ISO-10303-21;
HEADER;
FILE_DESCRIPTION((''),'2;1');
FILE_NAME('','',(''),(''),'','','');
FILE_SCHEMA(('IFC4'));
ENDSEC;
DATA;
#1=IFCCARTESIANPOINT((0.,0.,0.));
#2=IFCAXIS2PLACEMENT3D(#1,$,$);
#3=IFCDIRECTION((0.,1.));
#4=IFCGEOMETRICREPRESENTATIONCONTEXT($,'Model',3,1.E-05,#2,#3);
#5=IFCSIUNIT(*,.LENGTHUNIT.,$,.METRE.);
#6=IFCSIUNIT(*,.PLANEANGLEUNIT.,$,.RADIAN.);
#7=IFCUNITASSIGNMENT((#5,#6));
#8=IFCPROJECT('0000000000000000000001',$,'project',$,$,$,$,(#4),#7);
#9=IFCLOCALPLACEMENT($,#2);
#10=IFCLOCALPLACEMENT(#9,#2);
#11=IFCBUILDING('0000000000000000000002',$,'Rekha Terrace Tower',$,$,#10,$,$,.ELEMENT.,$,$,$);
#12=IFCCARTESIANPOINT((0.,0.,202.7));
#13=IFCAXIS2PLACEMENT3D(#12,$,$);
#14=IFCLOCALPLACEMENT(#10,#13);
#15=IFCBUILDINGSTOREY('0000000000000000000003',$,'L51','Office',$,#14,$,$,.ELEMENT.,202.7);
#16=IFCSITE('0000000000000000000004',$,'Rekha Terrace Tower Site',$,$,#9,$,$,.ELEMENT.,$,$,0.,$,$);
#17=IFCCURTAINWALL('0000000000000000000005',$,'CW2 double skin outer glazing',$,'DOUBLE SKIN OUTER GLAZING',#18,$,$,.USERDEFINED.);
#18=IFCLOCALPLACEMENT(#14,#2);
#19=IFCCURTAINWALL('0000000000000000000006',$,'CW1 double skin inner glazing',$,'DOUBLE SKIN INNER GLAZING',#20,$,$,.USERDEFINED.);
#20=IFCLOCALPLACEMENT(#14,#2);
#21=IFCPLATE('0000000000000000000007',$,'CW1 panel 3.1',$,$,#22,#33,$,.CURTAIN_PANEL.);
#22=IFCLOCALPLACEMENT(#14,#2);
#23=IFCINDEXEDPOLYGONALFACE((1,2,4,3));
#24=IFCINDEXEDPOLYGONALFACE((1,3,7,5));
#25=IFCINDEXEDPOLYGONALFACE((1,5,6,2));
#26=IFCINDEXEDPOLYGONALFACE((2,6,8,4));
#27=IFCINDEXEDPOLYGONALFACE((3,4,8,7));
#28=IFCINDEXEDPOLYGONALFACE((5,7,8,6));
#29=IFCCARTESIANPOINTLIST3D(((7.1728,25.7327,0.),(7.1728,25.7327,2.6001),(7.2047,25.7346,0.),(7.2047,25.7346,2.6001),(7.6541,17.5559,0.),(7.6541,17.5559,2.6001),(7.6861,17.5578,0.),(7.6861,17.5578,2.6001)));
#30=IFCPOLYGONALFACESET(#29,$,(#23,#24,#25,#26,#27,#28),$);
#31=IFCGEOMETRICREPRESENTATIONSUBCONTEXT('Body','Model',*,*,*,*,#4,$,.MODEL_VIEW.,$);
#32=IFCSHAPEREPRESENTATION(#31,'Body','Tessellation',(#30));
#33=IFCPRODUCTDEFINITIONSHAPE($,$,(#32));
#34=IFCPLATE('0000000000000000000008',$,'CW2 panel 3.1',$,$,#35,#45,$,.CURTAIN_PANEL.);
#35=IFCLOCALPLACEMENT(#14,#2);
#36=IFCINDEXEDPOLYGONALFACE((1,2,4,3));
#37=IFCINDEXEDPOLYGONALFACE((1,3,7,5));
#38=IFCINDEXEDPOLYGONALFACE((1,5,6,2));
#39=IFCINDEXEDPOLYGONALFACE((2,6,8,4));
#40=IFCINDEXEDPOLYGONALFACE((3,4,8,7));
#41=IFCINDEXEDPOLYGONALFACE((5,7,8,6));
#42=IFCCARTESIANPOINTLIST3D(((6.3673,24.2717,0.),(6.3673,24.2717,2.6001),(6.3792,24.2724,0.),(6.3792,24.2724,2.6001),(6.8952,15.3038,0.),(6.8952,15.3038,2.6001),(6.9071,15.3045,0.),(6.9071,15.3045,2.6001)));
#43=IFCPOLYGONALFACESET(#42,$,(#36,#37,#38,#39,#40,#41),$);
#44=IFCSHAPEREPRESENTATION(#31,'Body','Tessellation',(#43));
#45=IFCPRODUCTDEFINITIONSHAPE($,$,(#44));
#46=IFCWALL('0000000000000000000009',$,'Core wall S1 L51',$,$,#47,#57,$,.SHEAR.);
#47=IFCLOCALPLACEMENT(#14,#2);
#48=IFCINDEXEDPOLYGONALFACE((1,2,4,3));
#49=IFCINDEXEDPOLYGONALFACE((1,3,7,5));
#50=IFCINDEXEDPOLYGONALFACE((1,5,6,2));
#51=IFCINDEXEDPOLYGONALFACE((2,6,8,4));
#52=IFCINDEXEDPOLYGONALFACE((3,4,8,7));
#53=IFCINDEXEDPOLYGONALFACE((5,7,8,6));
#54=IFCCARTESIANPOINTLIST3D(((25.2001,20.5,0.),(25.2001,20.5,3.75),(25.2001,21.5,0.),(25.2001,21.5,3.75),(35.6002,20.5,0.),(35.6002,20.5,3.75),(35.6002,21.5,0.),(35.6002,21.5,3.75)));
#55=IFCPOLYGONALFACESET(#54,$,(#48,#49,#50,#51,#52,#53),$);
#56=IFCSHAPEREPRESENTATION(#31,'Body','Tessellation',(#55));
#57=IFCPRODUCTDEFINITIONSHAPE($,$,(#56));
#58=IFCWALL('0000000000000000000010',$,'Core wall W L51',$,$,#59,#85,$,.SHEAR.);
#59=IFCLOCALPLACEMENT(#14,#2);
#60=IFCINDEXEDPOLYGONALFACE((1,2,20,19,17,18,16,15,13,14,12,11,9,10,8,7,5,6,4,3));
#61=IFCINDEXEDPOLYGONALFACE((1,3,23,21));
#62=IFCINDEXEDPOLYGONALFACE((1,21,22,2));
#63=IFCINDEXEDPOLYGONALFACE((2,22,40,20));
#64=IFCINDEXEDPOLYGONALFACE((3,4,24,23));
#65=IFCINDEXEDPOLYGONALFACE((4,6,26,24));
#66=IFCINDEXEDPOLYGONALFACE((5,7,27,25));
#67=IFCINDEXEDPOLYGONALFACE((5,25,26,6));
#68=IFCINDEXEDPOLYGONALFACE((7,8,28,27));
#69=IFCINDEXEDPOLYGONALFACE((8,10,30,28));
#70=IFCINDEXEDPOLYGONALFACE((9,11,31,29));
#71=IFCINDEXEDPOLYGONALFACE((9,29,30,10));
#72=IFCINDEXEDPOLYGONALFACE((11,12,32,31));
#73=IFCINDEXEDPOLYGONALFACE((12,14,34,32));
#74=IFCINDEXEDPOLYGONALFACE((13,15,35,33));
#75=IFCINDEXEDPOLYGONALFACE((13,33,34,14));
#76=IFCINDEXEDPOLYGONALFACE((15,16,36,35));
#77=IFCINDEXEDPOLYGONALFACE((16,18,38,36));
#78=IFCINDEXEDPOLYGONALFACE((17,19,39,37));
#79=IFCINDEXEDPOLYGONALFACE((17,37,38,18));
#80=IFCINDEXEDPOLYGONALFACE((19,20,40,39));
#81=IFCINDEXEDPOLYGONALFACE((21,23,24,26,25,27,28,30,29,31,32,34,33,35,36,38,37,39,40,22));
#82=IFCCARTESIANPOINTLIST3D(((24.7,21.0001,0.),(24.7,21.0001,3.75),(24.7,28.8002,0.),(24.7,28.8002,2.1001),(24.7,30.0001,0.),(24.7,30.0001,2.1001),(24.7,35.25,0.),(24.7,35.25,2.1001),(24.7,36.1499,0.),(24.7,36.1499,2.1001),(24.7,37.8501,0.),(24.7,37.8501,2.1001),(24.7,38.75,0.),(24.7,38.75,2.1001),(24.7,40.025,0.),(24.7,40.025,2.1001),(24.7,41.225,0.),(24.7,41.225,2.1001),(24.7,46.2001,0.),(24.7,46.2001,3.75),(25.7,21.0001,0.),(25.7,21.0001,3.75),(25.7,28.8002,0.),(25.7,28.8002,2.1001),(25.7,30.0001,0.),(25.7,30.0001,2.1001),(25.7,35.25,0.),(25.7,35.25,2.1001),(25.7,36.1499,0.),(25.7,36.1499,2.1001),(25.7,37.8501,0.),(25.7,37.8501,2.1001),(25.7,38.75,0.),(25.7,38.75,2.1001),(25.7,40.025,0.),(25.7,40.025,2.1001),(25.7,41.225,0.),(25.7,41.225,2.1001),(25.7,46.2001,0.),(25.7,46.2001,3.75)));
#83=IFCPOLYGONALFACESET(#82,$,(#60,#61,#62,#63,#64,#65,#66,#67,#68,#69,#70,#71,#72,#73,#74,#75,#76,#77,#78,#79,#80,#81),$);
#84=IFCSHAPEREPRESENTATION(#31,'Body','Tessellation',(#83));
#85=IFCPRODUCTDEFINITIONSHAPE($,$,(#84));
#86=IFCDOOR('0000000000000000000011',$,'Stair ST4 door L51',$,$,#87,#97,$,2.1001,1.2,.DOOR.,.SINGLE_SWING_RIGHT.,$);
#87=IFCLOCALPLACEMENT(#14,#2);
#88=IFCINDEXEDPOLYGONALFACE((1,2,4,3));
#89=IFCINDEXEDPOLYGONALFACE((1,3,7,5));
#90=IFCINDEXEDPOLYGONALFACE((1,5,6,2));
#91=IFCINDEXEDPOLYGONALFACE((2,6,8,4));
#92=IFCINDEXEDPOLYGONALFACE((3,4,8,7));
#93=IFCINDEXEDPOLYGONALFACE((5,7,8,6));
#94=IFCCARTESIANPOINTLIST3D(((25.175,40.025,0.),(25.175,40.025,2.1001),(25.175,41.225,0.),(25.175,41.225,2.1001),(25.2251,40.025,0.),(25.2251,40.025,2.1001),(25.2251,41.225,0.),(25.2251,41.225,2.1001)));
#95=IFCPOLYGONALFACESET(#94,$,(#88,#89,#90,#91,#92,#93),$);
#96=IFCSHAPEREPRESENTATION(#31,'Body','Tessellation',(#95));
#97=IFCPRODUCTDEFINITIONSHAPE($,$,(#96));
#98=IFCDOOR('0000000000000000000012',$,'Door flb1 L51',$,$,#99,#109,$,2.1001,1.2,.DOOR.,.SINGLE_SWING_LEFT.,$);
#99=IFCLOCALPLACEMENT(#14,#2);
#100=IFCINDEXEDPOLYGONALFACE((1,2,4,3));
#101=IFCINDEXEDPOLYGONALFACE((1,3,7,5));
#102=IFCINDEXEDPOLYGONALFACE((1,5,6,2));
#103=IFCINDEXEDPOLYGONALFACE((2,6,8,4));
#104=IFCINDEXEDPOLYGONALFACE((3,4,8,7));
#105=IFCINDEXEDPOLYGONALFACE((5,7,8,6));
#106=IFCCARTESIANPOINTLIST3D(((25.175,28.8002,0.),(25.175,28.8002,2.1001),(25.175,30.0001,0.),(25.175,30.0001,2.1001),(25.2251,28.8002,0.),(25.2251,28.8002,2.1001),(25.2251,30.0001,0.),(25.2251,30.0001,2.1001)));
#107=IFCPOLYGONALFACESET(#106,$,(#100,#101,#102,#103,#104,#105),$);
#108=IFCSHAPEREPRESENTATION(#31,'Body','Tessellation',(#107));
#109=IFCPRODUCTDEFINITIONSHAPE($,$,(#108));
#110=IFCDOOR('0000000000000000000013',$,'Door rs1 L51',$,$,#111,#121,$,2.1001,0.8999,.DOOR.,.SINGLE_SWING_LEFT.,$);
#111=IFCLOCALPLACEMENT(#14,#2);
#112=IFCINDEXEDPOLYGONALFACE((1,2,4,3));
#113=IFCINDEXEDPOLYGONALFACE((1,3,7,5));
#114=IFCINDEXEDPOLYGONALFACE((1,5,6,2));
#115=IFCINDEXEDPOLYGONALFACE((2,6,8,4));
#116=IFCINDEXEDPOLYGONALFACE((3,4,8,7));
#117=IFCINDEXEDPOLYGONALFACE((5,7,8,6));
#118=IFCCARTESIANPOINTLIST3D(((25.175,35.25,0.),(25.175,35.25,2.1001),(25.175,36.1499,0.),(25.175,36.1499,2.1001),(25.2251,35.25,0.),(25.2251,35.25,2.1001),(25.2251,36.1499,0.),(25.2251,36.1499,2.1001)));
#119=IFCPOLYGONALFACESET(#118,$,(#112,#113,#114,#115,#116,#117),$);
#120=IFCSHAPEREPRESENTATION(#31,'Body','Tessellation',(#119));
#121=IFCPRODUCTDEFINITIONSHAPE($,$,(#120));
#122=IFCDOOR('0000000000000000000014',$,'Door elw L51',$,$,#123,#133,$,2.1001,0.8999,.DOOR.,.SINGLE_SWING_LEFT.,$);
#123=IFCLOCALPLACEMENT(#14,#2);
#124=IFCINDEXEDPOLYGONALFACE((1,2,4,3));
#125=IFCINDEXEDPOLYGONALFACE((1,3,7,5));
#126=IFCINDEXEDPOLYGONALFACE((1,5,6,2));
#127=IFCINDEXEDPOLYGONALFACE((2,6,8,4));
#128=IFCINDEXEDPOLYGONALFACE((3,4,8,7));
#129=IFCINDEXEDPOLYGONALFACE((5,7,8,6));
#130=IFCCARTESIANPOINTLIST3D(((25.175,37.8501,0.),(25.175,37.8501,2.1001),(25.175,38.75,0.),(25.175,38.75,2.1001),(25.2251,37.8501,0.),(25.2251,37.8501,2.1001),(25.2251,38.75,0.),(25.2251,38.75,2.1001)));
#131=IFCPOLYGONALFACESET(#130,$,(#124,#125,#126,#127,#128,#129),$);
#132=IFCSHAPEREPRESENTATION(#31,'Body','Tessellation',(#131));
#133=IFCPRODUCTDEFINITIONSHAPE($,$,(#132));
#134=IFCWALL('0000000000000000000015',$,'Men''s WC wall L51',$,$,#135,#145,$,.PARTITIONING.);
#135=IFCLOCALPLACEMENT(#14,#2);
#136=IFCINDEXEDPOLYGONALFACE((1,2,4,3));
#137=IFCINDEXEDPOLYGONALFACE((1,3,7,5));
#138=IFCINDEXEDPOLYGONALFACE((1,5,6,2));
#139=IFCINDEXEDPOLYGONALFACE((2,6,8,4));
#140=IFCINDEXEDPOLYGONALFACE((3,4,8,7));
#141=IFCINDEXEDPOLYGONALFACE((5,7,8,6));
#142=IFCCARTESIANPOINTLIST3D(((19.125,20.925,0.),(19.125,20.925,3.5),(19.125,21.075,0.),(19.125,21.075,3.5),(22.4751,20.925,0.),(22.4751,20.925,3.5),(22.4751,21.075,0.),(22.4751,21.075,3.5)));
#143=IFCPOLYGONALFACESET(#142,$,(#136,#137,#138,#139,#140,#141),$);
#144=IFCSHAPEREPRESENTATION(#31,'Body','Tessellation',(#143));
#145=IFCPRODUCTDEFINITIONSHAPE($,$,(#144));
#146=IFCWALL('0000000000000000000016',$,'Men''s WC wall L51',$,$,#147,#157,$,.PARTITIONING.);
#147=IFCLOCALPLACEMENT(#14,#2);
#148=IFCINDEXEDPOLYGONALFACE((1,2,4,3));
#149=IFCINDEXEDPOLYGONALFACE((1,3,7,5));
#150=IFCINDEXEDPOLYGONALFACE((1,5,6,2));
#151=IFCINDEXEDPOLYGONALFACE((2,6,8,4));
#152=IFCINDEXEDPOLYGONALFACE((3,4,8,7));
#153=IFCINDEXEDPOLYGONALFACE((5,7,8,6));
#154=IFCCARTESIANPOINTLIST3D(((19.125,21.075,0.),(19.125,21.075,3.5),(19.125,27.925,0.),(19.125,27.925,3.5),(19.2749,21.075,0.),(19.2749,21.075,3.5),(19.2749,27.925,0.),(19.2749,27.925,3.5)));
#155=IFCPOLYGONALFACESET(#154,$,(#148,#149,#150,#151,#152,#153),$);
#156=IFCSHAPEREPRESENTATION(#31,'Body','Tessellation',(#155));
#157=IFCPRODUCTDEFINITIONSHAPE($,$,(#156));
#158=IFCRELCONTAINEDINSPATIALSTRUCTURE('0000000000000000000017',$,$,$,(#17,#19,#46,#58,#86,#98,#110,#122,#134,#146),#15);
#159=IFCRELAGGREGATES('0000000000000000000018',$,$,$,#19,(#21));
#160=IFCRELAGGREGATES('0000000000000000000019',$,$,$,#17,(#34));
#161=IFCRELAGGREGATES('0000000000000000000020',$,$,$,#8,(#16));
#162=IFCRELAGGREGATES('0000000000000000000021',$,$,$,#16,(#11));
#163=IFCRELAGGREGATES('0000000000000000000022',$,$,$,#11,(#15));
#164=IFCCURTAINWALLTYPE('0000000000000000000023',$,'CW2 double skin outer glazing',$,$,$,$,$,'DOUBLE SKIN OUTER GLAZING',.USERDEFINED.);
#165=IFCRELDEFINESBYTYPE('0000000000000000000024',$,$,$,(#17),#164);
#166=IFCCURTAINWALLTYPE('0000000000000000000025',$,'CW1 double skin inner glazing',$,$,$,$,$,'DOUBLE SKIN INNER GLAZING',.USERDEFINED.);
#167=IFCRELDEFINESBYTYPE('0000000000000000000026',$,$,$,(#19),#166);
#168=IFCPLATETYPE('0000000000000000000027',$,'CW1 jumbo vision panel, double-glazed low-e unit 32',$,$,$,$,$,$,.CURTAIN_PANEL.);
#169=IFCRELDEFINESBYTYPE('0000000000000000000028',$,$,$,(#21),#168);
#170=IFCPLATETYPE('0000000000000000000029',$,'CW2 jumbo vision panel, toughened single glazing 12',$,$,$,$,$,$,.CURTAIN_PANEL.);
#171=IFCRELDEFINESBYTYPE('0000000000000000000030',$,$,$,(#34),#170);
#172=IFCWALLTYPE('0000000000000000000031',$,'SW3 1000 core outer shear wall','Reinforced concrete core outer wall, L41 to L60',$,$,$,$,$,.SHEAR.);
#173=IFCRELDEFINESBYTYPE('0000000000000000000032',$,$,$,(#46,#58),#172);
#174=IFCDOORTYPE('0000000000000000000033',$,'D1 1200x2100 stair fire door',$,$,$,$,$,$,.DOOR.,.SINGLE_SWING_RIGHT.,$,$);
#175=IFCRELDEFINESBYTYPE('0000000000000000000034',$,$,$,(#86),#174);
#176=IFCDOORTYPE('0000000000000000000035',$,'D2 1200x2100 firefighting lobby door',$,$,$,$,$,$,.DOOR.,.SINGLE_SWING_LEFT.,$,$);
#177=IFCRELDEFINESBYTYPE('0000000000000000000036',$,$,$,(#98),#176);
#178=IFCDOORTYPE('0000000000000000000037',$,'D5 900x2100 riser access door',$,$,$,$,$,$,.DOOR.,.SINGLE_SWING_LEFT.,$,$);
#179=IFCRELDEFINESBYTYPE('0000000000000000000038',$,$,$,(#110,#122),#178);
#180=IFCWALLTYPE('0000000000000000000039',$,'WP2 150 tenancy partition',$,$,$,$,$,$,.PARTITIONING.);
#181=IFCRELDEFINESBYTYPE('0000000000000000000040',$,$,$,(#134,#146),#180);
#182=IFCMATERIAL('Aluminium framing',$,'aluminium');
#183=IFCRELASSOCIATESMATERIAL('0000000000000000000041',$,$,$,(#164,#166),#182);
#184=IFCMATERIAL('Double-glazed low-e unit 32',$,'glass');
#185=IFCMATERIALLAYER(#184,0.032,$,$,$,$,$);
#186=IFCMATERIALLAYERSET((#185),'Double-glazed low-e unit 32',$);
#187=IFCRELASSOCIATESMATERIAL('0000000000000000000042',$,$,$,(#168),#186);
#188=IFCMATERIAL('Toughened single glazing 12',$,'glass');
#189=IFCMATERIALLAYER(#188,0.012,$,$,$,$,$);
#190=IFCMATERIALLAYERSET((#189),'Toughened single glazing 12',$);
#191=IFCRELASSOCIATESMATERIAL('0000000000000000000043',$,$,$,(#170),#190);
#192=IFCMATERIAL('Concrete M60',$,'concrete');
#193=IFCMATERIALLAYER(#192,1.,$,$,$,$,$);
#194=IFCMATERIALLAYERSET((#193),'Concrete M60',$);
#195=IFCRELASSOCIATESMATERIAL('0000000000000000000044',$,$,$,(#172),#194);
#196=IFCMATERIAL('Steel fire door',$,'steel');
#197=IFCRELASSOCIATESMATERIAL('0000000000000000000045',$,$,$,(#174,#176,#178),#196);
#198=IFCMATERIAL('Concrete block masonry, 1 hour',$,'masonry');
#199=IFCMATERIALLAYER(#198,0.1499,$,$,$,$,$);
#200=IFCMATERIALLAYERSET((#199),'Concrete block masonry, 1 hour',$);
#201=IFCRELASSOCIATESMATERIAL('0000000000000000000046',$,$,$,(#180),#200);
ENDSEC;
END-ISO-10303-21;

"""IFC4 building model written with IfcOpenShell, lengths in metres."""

from ifc_helpers import new_model, si_unit, direction, frame, frame_2d, origin, origin_2d, place, context, subcontext, project, spatial, rectangle, extrude, material, layer, layer_set, type_object, element, fill, aggregate, save


model = new_model("IFC4")

# Units and contexts
model_context = context("Model", 3, precision=1e-05, world=origin(), true_north=direction((0.0, 1.0)))
body_context = subcontext(model_context, "Body", "Model", "MODEL_VIEW")
ifc_project = project(units=[si_unit("LENGTHUNIT", "METRE"), si_unit("PLANEANGLEUNIT", "RADIAN")], contexts=[model_context])

# Site, building, storey
site_placement = place(None, origin())
site = spatial("IfcSite", under=ifc_project, at=site_placement, Name="Rekha Terrace Tower Site", CompositionType="ELEMENT", RefElevation=0.0)
building_placement = place(site_placement, origin())
building = spatial("IfcBuilding", under=site, at=building_placement, Name="Rekha Terrace Tower", CompositionType="ELEMENT")
storey_placement = place(building_placement, frame((0.0, 0.0, 202.7)))
storey = spatial("IfcBuildingStorey", under=building, at=storey_placement, Name="L51", Description="Office", CompositionType="ELEMENT", Elevation=202.7)

# Curtain wall
ifc_material_1 = material(Name="Aluminium framing", Category="aluminium")
curtain_wall_type_1 = type_object("IfcCurtainWallType", Name="CW2 double skin outer glazing", ElementType="DOUBLE SKIN OUTER GLAZING", PredefinedType="USERDEFINED", material=ifc_material_1)
curtain_wall_1_placement = place(storey_placement, origin())
curtain_wall_1 = element("IfcCurtainWall", 1, at=curtain_wall_1_placement, inside=storey, type_object=curtain_wall_type_1, Name="CW2 double skin outer glazing", ObjectType="DOUBLE SKIN OUTER GLAZING", PredefinedType="USERDEFINED")
curtain_wall_type_2 = type_object("IfcCurtainWallType", Name="CW1 double skin inner glazing", ElementType="DOUBLE SKIN INNER GLAZING", PredefinedType="USERDEFINED", material=ifc_material_1)

# Curtain wall
curtain_wall_2_placement = place(storey_placement, origin())
curtain_wall_2 = element("IfcCurtainWall", 2, at=curtain_wall_2_placement, inside=storey, type_object=curtain_wall_type_2, Name="CW1 double skin inner glazing", ObjectType="DOUBLE SKIN INNER GLAZING", PredefinedType="USERDEFINED")

# Plates
ifc_material_2 = material(Name="Double-glazed low-e unit 32", Category="glass")
ifc_layer_1 = layer(ifc_material_2, 0.032)
ifc_layer_set_1 = layer_set([ifc_layer_1], Name="Double-glazed low-e unit 32")
plate_type_1 = type_object("IfcPlateType", Name="CW1 jumbo vision panel, double-glazed low-e unit 32", PredefinedType="CURTAIN_PANEL", material=ifc_layer_set_1)
plate_1_placement = place(storey_placement, frame((7.4294, 21.6453, 0.0), z_axis=(0.0, 0.0, 1.0), x_axis=(0.058765, -0.998272, 0.0)))
plate_1 = element("IfcPlate", 3, at=plate_1_placement, type_object=plate_type_1, Name="CW1 panel 3.1", PredefinedType="CURTAIN_PANEL", context=body_context, shape_type="SweptSolid", body=[
    extrude(rectangle(XDim=8.1909, YDim=0.032, at=origin_2d()), origin(), (0.0, 0.0, 1.0), 2.6001),
])
aggregate(curtain_wall_2, [plate_1])
ifc_material_3 = material(Name="Toughened single glazing 12", Category="glass")
ifc_layer_2 = layer(ifc_material_3, 0.012)
ifc_layer_set_2 = layer_set([ifc_layer_2], Name="Toughened single glazing 12")
plate_type_2 = type_object("IfcPlateType", Name="CW2 jumbo vision panel, toughened single glazing 12", PredefinedType="CURTAIN_PANEL", material=ifc_layer_set_2)
plate_2_placement = place(storey_placement, frame((6.6372, 19.7881, 0.0), z_axis=(0.0, 0.0, 1.0), x_axis=(0.058765, -0.998272, 0.0)))
plate_2 = element("IfcPlate", 4, at=plate_2_placement, type_object=plate_type_2, Name="CW2 panel 3.1", PredefinedType="CURTAIN_PANEL", context=body_context, shape_type="SweptSolid", body=[
    extrude(rectangle(XDim=8.9834, YDim=0.012, at=origin_2d()), origin(), (0.0, 0.0, 1.0), 2.6001),
])
aggregate(curtain_wall_1, [plate_2])

# Wall
ifc_material_4 = material(Name="Concrete M60", Category="concrete")
ifc_layer_3 = layer(ifc_material_4, 1.0)
ifc_layer_set_3 = layer_set([ifc_layer_3], Name="Concrete M60")
wall_type_1 = type_object("IfcWallType", Name="SW3 1000 core outer shear wall", Description="Reinforced concrete core outer wall, L41 to L60", PredefinedType="SHEAR", material=ifc_layer_set_3)
wall_1_placement = place(storey_placement, frame((25.2, 21.0, 0.0), z_axis=(0.0, 0.0, 1.0), x_axis=(1.0, 0.0, 0.0)))
element("IfcWall", 5, at=wall_1_placement, inside=storey, type_object=wall_type_1, Name="Core wall S1 L51", PredefinedType="SHEAR", context=body_context, shape_type="SweptSolid", body=[
    extrude(rectangle(XDim=10.4001, YDim=1.0, at=frame_2d((5.2002, 0.0))), origin(), (0.0, 0.0, 1.0), 3.75),
])

# Wall, openings, doors
wall_2_placement = place(storey_placement, frame((25.2, 21.0, 0.0), z_axis=(0.0, 0.0, 1.0), x_axis=(0.0, 1.0, 0.0)))
wall_2 = element("IfcWall", 6, at=wall_2_placement, inside=storey, type_object=wall_type_1, Name="Core wall W L51", PredefinedType="SHEAR", context=body_context, shape_type="SweptSolid", body=[
    extrude(rectangle(XDim=25.2, YDim=1.0, at=frame_2d((12.6001, 0.0))), origin(), (0.0, 0.0, 1.0), 3.75),
])
opening_1_placement = place(wall_2_placement, frame((7.8, 0.0, 0.0)))
opening_1 = element("IfcOpeningElement", 7, at=opening_1_placement, cuts=wall_2, PredefinedType="OPENING", context=body_context, shape_type="SweptSolid", body=[
    extrude(rectangle(XDim=1.2, YDim=2.1001, at=frame_2d((0.6001, 1.05))), frame((0.0, 0.51, 0.0), z_axis=(0.0, -1.0, 0.0), x_axis=(1.0, 0.0, 0.0)), (0.0, 0.0, 1.0), 1.02),
])
opening_2_placement = place(wall_2_placement, frame((14.25, 0.0, 0.0)))
opening_2 = element("IfcOpeningElement", 8, at=opening_2_placement, cuts=wall_2, PredefinedType="OPENING", context=body_context, shape_type="SweptSolid", body=[
    extrude(rectangle(XDim=0.8999, YDim=2.1001, at=frame_2d((0.45, 1.05))), frame((0.0, 0.51, 0.0), z_axis=(0.0, -1.0, 0.0), x_axis=(1.0, 0.0, 0.0)), (0.0, 0.0, 1.0), 1.02),
])
opening_3_placement = place(wall_2_placement, frame((16.8501, 0.0, 0.0)))
opening_3 = element("IfcOpeningElement", 9, at=opening_3_placement, cuts=wall_2, PredefinedType="OPENING", context=body_context, shape_type="SweptSolid", body=[
    extrude(rectangle(XDim=0.8999, YDim=2.1001, at=frame_2d((0.45, 1.05))), frame((0.0, 0.51, 0.0), z_axis=(0.0, -1.0, 0.0), x_axis=(1.0, 0.0, 0.0)), (0.0, 0.0, 1.0), 1.02),
])
opening_4_placement = place(wall_2_placement, frame((19.0249, 0.0, 0.0)))
opening_4 = element("IfcOpeningElement", 10, at=opening_4_placement, cuts=wall_2, PredefinedType="OPENING", context=body_context, shape_type="SweptSolid", body=[
    extrude(rectangle(XDim=1.2, YDim=2.1001, at=frame_2d((0.6001, 1.05))), frame((0.0, 0.51, 0.0), z_axis=(0.0, -1.0, 0.0), x_axis=(1.0, 0.0, 0.0)), (0.0, 0.0, 1.0), 1.02),
])
ifc_material_5 = material(Name="Steel fire door", Category="steel")
door_type_1 = type_object("IfcDoorType", Name="D1 1200x2100 stair fire door", OperationType="SINGLE_SWING_RIGHT", PredefinedType="DOOR", material=ifc_material_5)
door_1_placement = place(opening_4_placement, origin())
door_1 = element("IfcDoor", 11, at=door_1_placement, inside=storey, type_object=door_type_1, Name="Stair ST4 door L51", OperationType="SINGLE_SWING_RIGHT", OverallHeight=2.1001, OverallWidth=1.2, PredefinedType="DOOR", context=body_context, shape_type="SweptSolid", body=[
    extrude(rectangle(XDim=1.2, YDim=2.1001, at=frame_2d((0.6001, 1.05))), frame((0.0, 0.0249, 0.0), z_axis=(0.0, -1.0, 0.0), x_axis=(1.0, 0.0, 0.0)), (0.0, 0.0, 1.0), 0.05),
])
fill(opening_4, door_1)
door_type_2 = type_object("IfcDoorType", Name="D2 1200x2100 firefighting lobby door", OperationType="SINGLE_SWING_LEFT", PredefinedType="DOOR", material=ifc_material_5)
door_2_placement = place(opening_1_placement, origin())
door_2 = element("IfcDoor", 12, at=door_2_placement, inside=storey, type_object=door_type_2, Name="Door flb1 L51", OperationType="SINGLE_SWING_LEFT", OverallHeight=2.1001, OverallWidth=1.2, PredefinedType="DOOR", context=body_context, shape_type="SweptSolid", body=[
    extrude(rectangle(XDim=1.2, YDim=2.1001, at=frame_2d((0.6001, 1.05))), frame((0.0, 0.0249, 0.0), z_axis=(0.0, -1.0, 0.0), x_axis=(1.0, 0.0, 0.0)), (0.0, 0.0, 1.0), 0.05),
])
fill(opening_1, door_2)
door_type_3 = type_object("IfcDoorType", Name="D5 900x2100 riser access door", OperationType="SINGLE_SWING_LEFT", PredefinedType="DOOR", material=ifc_material_5)
door_3_placement = place(opening_2_placement, origin())
door_3 = element("IfcDoor", 13, at=door_3_placement, inside=storey, type_object=door_type_3, Name="Door rs1 L51", OperationType="SINGLE_SWING_LEFT", OverallHeight=2.1001, OverallWidth=0.8999, PredefinedType="DOOR", context=body_context, shape_type="SweptSolid", body=[
    extrude(rectangle(XDim=0.8999, YDim=2.1001, at=frame_2d((0.45, 1.05))), frame((0.0, 0.0249, 0.0), z_axis=(0.0, -1.0, 0.0), x_axis=(1.0, 0.0, 0.0)), (0.0, 0.0, 1.0), 0.05),
])
fill(opening_2, door_3)
door_4_placement = place(opening_3_placement, origin())
door_4 = element("IfcDoor", 14, at=door_4_placement, inside=storey, type_object=door_type_3, Name="Door elw L51", OperationType="SINGLE_SWING_LEFT", OverallHeight=2.1001, OverallWidth=0.8999, PredefinedType="DOOR", context=body_context, shape_type="SweptSolid", body=[
    extrude(rectangle(XDim=0.8999, YDim=2.1001, at=frame_2d((0.45, 1.05))), frame((0.0, 0.0249, 0.0), z_axis=(0.0, -1.0, 0.0), x_axis=(1.0, 0.0, 0.0)), (0.0, 0.0, 1.0), 0.05),
])
fill(opening_3, door_4)

# Walls
ifc_material_6 = material(Name="Concrete block masonry, 1 hour", Category="masonry")
ifc_layer_4 = layer(ifc_material_6, 0.1499)
ifc_layer_set_4 = layer_set([ifc_layer_4], Name="Concrete block masonry, 1 hour")
wall_type_2 = type_object("IfcWallType", Name="WP2 150 tenancy partition", PredefinedType="PARTITIONING", material=ifc_layer_set_4)
wall_3_placement = place(storey_placement, frame((19.125, 21.0, 0.0), z_axis=(0.0, 0.0, 1.0), x_axis=(1.0, 0.0, 0.0)))
element("IfcWall", 15, at=wall_3_placement, inside=storey, type_object=wall_type_2, Name="Men's WC wall L51", PredefinedType="PARTITIONING", context=body_context, shape_type="SweptSolid", body=[
    extrude(rectangle(XDim=3.3501, YDim=0.1499, at=frame_2d((1.675, 0.0))), origin(), (0.0, 0.0, 1.0), 3.5),
])
wall_4_placement = place(storey_placement, frame((19.2, 21.075, 0.0), z_axis=(0.0, 0.0, 1.0), x_axis=(0.0, 1.0, 0.0)))
element("IfcWall", 16, at=wall_4_placement, inside=storey, type_object=wall_type_2, Name="Men's WC wall L51", PredefinedType="PARTITIONING", context=body_context, shape_type="SweptSolid", body=[
    extrude(rectangle(XDim=6.8501, YDim=0.1499, at=frame_2d((3.425, 0.0))), origin(), (0.0, 0.0, 1.0), 3.5),
])

save(model, "model.ifc")
